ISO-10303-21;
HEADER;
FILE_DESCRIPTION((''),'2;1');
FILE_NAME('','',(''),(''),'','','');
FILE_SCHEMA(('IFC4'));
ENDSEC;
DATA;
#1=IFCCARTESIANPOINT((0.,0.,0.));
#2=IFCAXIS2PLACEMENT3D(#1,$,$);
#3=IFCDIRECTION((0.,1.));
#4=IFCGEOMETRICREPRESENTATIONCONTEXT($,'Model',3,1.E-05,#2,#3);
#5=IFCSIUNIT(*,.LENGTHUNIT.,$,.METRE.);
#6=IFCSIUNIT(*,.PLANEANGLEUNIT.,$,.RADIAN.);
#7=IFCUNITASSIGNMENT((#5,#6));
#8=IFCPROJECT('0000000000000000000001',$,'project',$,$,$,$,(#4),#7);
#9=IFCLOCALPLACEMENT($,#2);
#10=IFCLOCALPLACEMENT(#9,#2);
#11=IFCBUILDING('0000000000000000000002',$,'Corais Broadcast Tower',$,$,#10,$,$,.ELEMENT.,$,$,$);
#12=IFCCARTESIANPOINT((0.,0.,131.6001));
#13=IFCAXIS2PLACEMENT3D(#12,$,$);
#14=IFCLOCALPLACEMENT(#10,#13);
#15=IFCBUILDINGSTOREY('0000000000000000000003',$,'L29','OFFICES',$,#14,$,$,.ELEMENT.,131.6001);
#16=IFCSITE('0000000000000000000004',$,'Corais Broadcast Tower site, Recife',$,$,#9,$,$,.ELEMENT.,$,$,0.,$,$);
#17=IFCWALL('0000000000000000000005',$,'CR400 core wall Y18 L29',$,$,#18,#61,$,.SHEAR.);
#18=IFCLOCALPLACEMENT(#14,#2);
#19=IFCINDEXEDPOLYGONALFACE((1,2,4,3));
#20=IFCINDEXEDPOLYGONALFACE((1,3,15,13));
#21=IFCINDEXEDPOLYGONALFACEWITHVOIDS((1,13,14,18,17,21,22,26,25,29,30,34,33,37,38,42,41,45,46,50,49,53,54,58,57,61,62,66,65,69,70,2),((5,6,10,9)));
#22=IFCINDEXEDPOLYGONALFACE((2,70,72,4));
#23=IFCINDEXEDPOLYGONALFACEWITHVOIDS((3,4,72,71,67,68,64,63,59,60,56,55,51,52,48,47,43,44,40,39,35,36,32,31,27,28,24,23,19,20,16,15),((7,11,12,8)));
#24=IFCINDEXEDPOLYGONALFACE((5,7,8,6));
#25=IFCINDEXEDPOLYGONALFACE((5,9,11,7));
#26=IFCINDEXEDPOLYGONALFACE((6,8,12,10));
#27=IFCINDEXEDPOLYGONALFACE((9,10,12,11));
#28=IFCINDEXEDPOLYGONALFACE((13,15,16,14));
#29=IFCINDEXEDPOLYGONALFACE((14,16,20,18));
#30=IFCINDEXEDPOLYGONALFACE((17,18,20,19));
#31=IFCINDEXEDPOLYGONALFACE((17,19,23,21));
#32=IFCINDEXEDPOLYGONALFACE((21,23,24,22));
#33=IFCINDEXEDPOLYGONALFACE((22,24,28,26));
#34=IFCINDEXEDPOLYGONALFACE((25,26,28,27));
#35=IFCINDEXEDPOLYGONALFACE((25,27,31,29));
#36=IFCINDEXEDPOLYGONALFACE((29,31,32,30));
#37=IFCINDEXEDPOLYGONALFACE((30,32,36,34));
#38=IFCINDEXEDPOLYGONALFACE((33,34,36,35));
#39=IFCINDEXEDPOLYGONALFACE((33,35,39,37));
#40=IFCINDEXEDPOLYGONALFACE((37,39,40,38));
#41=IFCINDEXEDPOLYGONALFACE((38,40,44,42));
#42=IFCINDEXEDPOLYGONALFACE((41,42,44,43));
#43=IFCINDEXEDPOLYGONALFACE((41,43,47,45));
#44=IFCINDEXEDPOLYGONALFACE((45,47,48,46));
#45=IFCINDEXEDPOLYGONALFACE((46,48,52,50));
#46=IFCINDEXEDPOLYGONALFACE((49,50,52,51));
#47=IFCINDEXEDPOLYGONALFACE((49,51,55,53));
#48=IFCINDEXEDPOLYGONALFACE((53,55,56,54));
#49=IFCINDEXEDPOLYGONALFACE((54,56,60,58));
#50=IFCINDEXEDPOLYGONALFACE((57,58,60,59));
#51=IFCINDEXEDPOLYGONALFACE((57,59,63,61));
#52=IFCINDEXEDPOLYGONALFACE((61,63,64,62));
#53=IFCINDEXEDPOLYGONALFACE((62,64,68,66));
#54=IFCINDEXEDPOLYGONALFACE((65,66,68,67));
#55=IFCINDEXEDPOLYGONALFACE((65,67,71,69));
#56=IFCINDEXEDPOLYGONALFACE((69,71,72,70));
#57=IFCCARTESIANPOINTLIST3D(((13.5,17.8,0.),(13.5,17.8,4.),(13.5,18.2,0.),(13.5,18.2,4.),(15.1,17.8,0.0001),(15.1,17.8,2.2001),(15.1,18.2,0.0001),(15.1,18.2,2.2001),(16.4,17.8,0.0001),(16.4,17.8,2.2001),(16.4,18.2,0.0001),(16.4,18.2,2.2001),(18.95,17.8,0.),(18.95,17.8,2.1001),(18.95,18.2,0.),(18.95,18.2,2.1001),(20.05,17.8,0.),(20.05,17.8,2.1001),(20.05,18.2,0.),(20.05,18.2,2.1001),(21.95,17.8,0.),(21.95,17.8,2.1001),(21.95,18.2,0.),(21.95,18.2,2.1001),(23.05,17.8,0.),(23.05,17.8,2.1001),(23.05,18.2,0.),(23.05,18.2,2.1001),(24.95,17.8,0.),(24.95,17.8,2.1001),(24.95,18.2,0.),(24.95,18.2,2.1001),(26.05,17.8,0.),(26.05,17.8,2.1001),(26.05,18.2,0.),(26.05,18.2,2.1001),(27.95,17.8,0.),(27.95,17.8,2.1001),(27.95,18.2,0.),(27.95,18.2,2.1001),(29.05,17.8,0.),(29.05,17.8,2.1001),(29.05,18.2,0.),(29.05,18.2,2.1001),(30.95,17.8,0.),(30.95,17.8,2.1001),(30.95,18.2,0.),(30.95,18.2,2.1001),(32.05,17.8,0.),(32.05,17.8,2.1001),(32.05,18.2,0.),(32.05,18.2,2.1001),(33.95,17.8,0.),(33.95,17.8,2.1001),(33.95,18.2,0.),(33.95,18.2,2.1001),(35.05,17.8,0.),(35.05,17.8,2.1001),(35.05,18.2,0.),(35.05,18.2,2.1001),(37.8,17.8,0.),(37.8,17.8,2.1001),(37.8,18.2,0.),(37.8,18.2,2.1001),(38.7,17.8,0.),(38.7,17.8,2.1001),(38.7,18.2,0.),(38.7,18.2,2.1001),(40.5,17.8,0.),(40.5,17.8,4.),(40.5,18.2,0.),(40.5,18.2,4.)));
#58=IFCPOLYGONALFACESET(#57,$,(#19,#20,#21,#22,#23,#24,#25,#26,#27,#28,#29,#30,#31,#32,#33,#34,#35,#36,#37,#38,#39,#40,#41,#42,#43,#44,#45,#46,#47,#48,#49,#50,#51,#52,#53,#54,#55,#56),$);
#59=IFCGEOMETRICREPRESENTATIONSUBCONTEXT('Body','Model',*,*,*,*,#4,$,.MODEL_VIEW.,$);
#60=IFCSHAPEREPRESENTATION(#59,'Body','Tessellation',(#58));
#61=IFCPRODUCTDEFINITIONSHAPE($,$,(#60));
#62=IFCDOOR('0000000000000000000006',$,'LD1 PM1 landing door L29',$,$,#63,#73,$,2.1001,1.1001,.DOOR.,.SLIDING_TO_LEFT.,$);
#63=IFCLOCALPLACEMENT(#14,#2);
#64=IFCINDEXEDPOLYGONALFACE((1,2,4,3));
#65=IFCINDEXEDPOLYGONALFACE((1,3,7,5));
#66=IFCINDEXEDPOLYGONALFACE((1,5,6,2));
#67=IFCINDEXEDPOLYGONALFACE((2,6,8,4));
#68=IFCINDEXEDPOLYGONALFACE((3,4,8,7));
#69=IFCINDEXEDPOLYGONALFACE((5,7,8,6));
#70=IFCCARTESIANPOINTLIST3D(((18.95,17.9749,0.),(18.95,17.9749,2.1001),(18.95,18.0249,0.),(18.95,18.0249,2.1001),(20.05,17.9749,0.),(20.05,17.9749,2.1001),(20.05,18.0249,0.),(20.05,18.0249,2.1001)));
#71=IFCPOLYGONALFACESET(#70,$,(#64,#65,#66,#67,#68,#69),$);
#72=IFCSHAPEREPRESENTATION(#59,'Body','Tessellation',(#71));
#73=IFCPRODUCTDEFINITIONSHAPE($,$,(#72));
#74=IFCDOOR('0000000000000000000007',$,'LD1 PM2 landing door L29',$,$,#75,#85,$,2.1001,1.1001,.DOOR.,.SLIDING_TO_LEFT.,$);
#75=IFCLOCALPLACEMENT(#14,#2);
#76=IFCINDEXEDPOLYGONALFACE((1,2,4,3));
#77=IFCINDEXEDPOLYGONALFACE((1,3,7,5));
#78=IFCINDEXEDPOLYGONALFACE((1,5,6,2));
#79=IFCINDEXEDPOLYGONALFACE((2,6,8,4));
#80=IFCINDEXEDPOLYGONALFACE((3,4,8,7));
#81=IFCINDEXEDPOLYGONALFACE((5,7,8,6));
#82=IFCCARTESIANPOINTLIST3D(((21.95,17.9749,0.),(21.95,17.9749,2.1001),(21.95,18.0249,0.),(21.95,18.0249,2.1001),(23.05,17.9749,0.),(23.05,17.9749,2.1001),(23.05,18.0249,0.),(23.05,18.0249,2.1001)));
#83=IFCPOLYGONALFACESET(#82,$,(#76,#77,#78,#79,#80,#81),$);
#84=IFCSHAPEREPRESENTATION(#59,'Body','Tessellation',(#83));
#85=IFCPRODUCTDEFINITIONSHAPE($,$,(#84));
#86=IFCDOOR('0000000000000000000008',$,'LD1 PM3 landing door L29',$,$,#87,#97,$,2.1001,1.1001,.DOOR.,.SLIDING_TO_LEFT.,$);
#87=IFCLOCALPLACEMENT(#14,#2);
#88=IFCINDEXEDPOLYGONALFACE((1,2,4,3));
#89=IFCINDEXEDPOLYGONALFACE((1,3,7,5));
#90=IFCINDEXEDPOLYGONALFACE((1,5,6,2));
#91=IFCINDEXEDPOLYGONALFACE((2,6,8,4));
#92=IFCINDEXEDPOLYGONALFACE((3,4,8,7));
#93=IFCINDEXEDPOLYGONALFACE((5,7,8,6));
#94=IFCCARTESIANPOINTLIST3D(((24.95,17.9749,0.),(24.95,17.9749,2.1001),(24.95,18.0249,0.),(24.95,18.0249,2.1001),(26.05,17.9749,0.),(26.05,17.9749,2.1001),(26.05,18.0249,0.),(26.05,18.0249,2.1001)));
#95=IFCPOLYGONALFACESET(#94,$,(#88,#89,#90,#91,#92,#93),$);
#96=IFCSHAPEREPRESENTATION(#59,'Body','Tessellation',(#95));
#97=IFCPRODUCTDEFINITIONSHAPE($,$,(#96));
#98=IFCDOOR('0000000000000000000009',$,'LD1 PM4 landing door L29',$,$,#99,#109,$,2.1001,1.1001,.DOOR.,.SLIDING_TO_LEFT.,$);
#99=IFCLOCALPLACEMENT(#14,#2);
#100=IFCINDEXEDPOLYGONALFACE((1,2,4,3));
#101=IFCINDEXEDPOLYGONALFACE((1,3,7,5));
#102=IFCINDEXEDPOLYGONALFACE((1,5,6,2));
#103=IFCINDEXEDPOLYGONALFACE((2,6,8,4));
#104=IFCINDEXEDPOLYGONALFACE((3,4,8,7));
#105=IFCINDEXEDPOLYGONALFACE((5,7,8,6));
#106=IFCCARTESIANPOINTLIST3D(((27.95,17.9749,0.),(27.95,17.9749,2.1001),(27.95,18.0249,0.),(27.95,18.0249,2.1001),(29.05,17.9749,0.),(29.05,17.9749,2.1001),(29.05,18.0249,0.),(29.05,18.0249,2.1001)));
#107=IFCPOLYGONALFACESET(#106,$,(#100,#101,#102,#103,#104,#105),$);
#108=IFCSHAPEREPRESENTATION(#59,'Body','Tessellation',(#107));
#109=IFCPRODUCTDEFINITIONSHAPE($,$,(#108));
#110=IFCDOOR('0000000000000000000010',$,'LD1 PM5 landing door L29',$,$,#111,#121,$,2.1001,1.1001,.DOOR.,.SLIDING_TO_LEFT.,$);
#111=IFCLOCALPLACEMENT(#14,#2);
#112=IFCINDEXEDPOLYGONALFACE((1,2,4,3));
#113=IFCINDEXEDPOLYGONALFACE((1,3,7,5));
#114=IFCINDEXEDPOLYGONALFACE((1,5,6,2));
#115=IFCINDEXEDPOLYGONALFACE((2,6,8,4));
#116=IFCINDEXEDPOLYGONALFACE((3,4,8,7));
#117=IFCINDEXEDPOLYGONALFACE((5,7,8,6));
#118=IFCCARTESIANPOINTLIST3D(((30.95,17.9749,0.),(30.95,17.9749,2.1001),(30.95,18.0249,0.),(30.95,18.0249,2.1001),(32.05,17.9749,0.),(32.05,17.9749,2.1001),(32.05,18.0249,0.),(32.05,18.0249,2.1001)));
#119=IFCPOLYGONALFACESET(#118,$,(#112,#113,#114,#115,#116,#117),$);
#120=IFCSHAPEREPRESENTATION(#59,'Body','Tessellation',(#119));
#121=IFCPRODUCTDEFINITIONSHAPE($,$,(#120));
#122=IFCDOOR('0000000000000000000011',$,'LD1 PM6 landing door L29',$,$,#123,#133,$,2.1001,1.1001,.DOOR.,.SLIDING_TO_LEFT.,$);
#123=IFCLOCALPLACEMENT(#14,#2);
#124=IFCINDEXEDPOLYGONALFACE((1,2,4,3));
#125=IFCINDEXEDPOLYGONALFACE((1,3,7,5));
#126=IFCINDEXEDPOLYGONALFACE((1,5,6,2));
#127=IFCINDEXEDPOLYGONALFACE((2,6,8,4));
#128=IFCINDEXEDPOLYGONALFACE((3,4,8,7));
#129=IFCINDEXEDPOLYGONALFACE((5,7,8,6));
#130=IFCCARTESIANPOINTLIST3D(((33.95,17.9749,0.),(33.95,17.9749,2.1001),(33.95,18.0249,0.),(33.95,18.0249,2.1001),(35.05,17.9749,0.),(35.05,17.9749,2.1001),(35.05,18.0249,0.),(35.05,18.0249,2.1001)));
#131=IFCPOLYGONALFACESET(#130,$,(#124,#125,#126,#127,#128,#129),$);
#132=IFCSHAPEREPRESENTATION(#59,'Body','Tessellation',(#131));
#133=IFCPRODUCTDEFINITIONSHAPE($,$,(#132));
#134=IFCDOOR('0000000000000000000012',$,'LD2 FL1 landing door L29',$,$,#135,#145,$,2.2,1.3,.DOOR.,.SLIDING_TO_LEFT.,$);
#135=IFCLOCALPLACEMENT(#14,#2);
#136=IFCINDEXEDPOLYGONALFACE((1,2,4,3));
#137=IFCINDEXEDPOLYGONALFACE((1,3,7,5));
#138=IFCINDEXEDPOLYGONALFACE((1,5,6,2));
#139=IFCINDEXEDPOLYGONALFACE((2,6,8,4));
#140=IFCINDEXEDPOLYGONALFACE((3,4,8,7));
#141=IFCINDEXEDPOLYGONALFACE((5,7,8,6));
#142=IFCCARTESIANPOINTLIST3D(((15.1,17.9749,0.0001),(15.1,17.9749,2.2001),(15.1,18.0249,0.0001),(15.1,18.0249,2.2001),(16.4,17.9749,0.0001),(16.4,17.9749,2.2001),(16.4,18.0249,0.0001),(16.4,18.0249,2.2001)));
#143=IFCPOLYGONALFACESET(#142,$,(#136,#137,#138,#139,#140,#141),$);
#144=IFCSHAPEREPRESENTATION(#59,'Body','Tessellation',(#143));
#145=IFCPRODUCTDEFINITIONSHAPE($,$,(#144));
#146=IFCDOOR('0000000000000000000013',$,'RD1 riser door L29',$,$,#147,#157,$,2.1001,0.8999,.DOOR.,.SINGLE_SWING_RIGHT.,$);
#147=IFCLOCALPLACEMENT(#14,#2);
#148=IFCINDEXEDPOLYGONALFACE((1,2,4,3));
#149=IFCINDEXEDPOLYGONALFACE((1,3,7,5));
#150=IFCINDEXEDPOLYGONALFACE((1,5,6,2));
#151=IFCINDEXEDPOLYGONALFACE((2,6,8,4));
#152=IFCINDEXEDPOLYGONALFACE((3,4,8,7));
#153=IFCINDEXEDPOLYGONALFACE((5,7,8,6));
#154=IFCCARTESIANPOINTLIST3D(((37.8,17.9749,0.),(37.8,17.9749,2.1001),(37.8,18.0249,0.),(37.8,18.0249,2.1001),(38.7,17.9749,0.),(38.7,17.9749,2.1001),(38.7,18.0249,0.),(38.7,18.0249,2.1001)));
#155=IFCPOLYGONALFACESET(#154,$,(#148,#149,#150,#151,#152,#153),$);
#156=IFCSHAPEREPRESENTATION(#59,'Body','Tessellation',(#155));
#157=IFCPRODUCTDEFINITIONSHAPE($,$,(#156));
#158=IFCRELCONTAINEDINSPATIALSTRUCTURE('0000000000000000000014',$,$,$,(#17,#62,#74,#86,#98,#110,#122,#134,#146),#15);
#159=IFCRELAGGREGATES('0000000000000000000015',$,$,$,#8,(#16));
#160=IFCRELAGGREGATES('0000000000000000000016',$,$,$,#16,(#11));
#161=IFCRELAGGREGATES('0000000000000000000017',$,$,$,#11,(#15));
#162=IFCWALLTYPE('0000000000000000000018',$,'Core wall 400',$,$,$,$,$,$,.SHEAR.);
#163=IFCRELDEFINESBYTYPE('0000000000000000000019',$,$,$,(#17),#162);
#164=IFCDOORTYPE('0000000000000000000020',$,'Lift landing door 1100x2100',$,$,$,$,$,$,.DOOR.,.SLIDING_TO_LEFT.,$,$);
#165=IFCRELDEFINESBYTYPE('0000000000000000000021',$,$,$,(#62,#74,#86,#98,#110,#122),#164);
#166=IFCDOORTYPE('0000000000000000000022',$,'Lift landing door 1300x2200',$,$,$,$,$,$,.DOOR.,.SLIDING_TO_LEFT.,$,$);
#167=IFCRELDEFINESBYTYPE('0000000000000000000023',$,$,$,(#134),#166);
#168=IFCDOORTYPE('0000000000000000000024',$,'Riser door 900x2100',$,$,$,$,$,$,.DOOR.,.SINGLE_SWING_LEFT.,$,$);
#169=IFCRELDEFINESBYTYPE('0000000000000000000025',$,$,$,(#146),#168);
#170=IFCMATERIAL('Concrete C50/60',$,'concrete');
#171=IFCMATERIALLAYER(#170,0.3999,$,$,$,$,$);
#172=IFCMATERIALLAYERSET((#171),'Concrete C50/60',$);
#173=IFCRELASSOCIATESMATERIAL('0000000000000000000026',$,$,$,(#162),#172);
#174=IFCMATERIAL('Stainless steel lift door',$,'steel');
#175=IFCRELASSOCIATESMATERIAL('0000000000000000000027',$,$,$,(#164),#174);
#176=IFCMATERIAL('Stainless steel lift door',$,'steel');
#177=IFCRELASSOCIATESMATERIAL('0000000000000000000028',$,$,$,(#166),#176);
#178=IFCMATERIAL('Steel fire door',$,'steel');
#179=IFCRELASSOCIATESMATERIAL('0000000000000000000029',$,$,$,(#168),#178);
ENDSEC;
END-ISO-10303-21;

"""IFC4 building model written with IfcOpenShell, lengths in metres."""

from ifc_helpers import new_model, si_unit, direction, frame, frame_2d, origin, place, context, subcontext, project, spatial, rectangle, extrude, material, layer, layer_set, type_object, element, fill, save


model = new_model("IFC4")

# Units and contexts
model_context = context("Model", 3, precision=1e-05, world=origin(), true_north=direction((0.0, 1.0)))
body_context = subcontext(model_context, "Body", "Model", "MODEL_VIEW")
ifc_project = project(units=[si_unit("LENGTHUNIT", "METRE"), si_unit("PLANEANGLEUNIT", "RADIAN")], contexts=[model_context])

# Site, building, storey
site_placement = place(None, origin())
site = spatial("IfcSite", under=ifc_project, at=site_placement, Name="Corais Broadcast Tower site, Recife", CompositionType="ELEMENT", RefElevation=0.0)
building_placement = place(site_placement, origin())
building = spatial("IfcBuilding", under=site, at=building_placement, Name="Corais Broadcast Tower", CompositionType="ELEMENT")
storey_placement = place(building_placement, frame((0.0, 0.0, 131.6001)))
storey = spatial("IfcBuildingStorey", under=building, at=storey_placement, Name="L29", Description="OFFICES", CompositionType="ELEMENT", Elevation=131.6001)

# Shared definitions
ifc_material_1 = material(Name="Concrete C50/60", Category="concrete")
ifc_layer_1 = layer(ifc_material_1, 0.3999)
ifc_layer_set_1 = layer_set([ifc_layer_1], Name="Concrete C50/60")
wall_type_1 = type_object("IfcWallType", Name="Core wall 400", PredefinedType="SHEAR", material=ifc_layer_set_1)

# Wall, openings, doors
wall_1_placement = place(storey_placement, frame((13.5, 18.0, 0.0), z_axis=(0.0, 0.0, 1.0), x_axis=(1.0, 0.0, 0.0)))
wall_1 = element("IfcWall", 1, at=wall_1_placement, inside=storey, type_object=wall_type_1, Name="CR400 core wall Y18 L29", PredefinedType="SHEAR", context=body_context, shape_type="SweptSolid", body=[
    extrude(rectangle(XDim=27.0, YDim=0.3999, at=frame_2d((13.5, 0.0))), origin(), (0.0, 0.0, 1.0), 4.0),
])
opening_1_placement = place(wall_1_placement, frame((24.3, 0.0, 0.0)))
opening_1 = element("IfcOpeningElement", 2, at=opening_1_placement, cuts=wall_1, PredefinedType="OPENING", context=body_context, shape_type="SweptSolid", body=[
    extrude(rectangle(XDim=0.8999, YDim=2.1001, at=frame_2d((0.45, 1.05))), frame((0.0, 0.21, 0.0), z_axis=(0.0, -1.0, 0.0), x_axis=(1.0, 0.0, 0.0)), (0.0, 0.0, 1.0), 0.4199),
])
opening_2_placement = place(wall_1_placement, frame((5.45, 0.0, 0.0)))
opening_2 = element("IfcOpeningElement", 3, at=opening_2_placement, cuts=wall_1, PredefinedType="OPENING", context=body_context, shape_type="SweptSolid", body=[
    extrude(rectangle(XDim=1.1001, YDim=2.1001, at=frame_2d((0.55, 1.05))), frame((0.0, 0.21, 0.0), z_axis=(0.0, -1.0, 0.0), x_axis=(1.0, 0.0, 0.0)), (0.0, 0.0, 1.0), 0.4199),
])
opening_3_placement = place(wall_1_placement, frame((8.45, 0.0, 0.0)))
opening_3 = element("IfcOpeningElement", 4, at=opening_3_placement, cuts=wall_1, PredefinedType="OPENING", context=body_context, shape_type="SweptSolid", body=[
    extrude(rectangle(XDim=1.1001, YDim=2.1001, at=frame_2d((0.55, 1.05))), frame((0.0, 0.21, 0.0), z_axis=(0.0, -1.0, 0.0), x_axis=(1.0, 0.0, 0.0)), (0.0, 0.0, 1.0), 0.4199),
])
opening_4_placement = place(wall_1_placement, frame((11.45, 0.0, 0.0)))
opening_4 = element("IfcOpeningElement", 5, at=opening_4_placement, cuts=wall_1, PredefinedType="OPENING", context=body_context, shape_type="SweptSolid", body=[
    extrude(rectangle(XDim=1.1001, YDim=2.1001, at=frame_2d((0.55, 1.05))), frame((0.0, 0.21, 0.0), z_axis=(0.0, -1.0, 0.0), x_axis=(1.0, 0.0, 0.0)), (0.0, 0.0, 1.0), 0.4199),
])
opening_5_placement = place(wall_1_placement, frame((14.45, 0.0, 0.0)))
opening_5 = element("IfcOpeningElement", 6, at=opening_5_placement, cuts=wall_1, PredefinedType="OPENING", context=body_context, shape_type="SweptSolid", body=[
    extrude(rectangle(XDim=1.1001, YDim=2.1001, at=frame_2d((0.55, 1.05))), frame((0.0, 0.21, 0.0), z_axis=(0.0, -1.0, 0.0), x_axis=(1.0, 0.0, 0.0)), (0.0, 0.0, 1.0), 0.4199),
])
opening_6_placement = place(wall_1_placement, frame((17.45, 0.0, 0.0)))
opening_6 = element("IfcOpeningElement", 7, at=opening_6_placement, cuts=wall_1, PredefinedType="OPENING", context=body_context, shape_type="SweptSolid", body=[
    extrude(rectangle(XDim=1.1001, YDim=2.1001, at=frame_2d((0.55, 1.05))), frame((0.0, 0.21, 0.0), z_axis=(0.0, -1.0, 0.0), x_axis=(1.0, 0.0, 0.0)), (0.0, 0.0, 1.0), 0.4199),
])
opening_7_placement = place(wall_1_placement, frame((20.45, 0.0, 0.0)))
opening_7 = element("IfcOpeningElement", 8, at=opening_7_placement, cuts=wall_1, PredefinedType="OPENING", context=body_context, shape_type="SweptSolid", body=[
    extrude(rectangle(XDim=1.1001, YDim=2.1001, at=frame_2d((0.55, 1.05))), frame((0.0, 0.21, 0.0), z_axis=(0.0, -1.0, 0.0), x_axis=(1.0, 0.0, 0.0)), (0.0, 0.0, 1.0), 0.4199),
])
opening_8_placement = place(wall_1_placement, frame((1.6001, 0.0, 0.0)))
opening_8 = element("IfcOpeningElement", 9, at=opening_8_placement, cuts=wall_1, PredefinedType="OPENING", context=body_context, shape_type="SweptSolid", body=[
    extrude(rectangle(XDim=1.3, YDim=2.2, at=frame_2d((0.6499, 1.1001))), frame((0.0, 0.21, 0.0), z_axis=(0.0, -1.0, 0.0), x_axis=(1.0, 0.0, 0.0)), (0.0, 0.0, 1.0), 0.4199),
])
ifc_material_2 = material(Name="Stainless steel lift door", Category="steel")
door_type_1 = type_object("IfcDoorType", Name="Lift landing door 1100x2100", OperationType="SLIDING_TO_LEFT", PredefinedType="DOOR", material=ifc_material_2)
door_1_placement = place(opening_2_placement, origin())
door_1 = element("IfcDoor", 10, at=door_1_placement, inside=storey, type_object=door_type_1, Name="LD1 PM1 landing door L29", OperationType="SLIDING_TO_LEFT", OverallHeight=2.1001, OverallWidth=1.1001, PredefinedType="DOOR", context=body_context, shape_type="SweptSolid", body=[
    extrude(rectangle(XDim=1.1001, YDim=2.1001, at=frame_2d((0.55, 1.05))), frame((0.0, 0.0249, 0.0), z_axis=(0.0, -1.0, 0.0), x_axis=(1.0, 0.0, 0.0)), (0.0, 0.0, 1.0), 0.05),
])
fill(opening_2, door_1)
door_2_placement = place(opening_3_placement, origin())
door_2 = element("IfcDoor", 11, at=door_2_placement, inside=storey, type_object=door_type_1, Name="LD1 PM2 landing door L29", OperationType="SLIDING_TO_LEFT", OverallHeight=2.1001, OverallWidth=1.1001, PredefinedType="DOOR", context=body_context, shape_type="SweptSolid", body=[
    extrude(rectangle(XDim=1.1001, YDim=2.1001, at=frame_2d((0.55, 1.05))), frame((0.0, 0.0249, 0.0), z_axis=(0.0, -1.0, 0.0), x_axis=(1.0, 0.0, 0.0)), (0.0, 0.0, 1.0), 0.05),
])
fill(opening_3, door_2)
door_3_placement = place(opening_4_placement, origin())
door_3 = element("IfcDoor", 12, at=door_3_placement, inside=storey, type_object=door_type_1, Name="LD1 PM3 landing door L29", OperationType="SLIDING_TO_LEFT", OverallHeight=2.1001, OverallWidth=1.1001, PredefinedType="DOOR", context=body_context, shape_type="SweptSolid", body=[
    extrude(rectangle(XDim=1.1001, YDim=2.1001, at=frame_2d((0.55, 1.05))), frame((0.0, 0.0249, 0.0), z_axis=(0.0, -1.0, 0.0), x_axis=(1.0, 0.0, 0.0)), (0.0, 0.0, 1.0), 0.05),
])
fill(opening_4, door_3)
door_4_placement = place(opening_5_placement, origin())
door_4 = element("IfcDoor", 13, at=door_4_placement, inside=storey, type_object=door_type_1, Name="LD1 PM4 landing door L29", OperationType="SLIDING_TO_LEFT", OverallHeight=2.1001, OverallWidth=1.1001, PredefinedType="DOOR", context=body_context, shape_type="SweptSolid", body=[
    extrude(rectangle(XDim=1.1001, YDim=2.1001, at=frame_2d((0.55, 1.05))), frame((0.0, 0.0249, 0.0), z_axis=(0.0, -1.0, 0.0), x_axis=(1.0, 0.0, 0.0)), (0.0, 0.0, 1.0), 0.05),
])
fill(opening_5, door_4)
door_5_placement = place(opening_6_placement, origin())
door_5 = element("IfcDoor", 14, at=door_5_placement, inside=storey, type_object=door_type_1, Name="LD1 PM5 landing door L29", OperationType="SLIDING_TO_LEFT", OverallHeight=2.1001, OverallWidth=1.1001, PredefinedType="DOOR", context=body_context, shape_type="SweptSolid", body=[
    extrude(rectangle(XDim=1.1001, YDim=2.1001, at=frame_2d((0.55, 1.05))), frame((0.0, 0.0249, 0.0), z_axis=(0.0, -1.0, 0.0), x_axis=(1.0, 0.0, 0.0)), (0.0, 0.0, 1.0), 0.05),
])
fill(opening_6, door_5)
door_6_placement = place(opening_7_placement, origin())
door_6 = element("IfcDoor", 15, at=door_6_placement, inside=storey, type_object=door_type_1, Name="LD1 PM6 landing door L29", OperationType="SLIDING_TO_LEFT", OverallHeight=2.1001, OverallWidth=1.1001, PredefinedType="DOOR", context=body_context, shape_type="SweptSolid", body=[
    extrude(rectangle(XDim=1.1001, YDim=2.1001, at=frame_2d((0.55, 1.05))), frame((0.0, 0.0249, 0.0), z_axis=(0.0, -1.0, 0.0), x_axis=(1.0, 0.0, 0.0)), (0.0, 0.0, 1.0), 0.05),
])
fill(opening_7, door_6)
ifc_material_3 = material(Name="Stainless steel lift door", Category="steel")
door_type_2 = type_object("IfcDoorType", Name="Lift landing door 1300x2200", OperationType="SLIDING_TO_LEFT", PredefinedType="DOOR", material=ifc_material_3)
door_7_placement = place(opening_8_placement, origin())
door_7 = element("IfcDoor", 16, at=door_7_placement, inside=storey, type_object=door_type_2, Name="LD2 FL1 landing door L29", OperationType="SLIDING_TO_LEFT", OverallHeight=2.2, OverallWidth=1.3, PredefinedType="DOOR", context=body_context, shape_type="SweptSolid", body=[
    extrude(rectangle(XDim=1.3, YDim=2.2, at=frame_2d((0.6499, 1.1001))), frame((0.0, 0.0249, 0.0), z_axis=(0.0, -1.0, 0.0), x_axis=(1.0, 0.0, 0.0)), (0.0, 0.0, 1.0), 0.05),
])
fill(opening_8, door_7)
ifc_material_4 = material(Name="Steel fire door", Category="steel")
door_type_3 = type_object("IfcDoorType", Name="Riser door 900x2100", OperationType="SINGLE_SWING_LEFT", PredefinedType="DOOR", material=ifc_material_4)
door_8_placement = place(opening_1_placement, origin())
door_8 = element("IfcDoor", 17, at=door_8_placement, inside=storey, type_object=door_type_3, Name="RD1 riser door L29", OperationType="SINGLE_SWING_RIGHT", OverallHeight=2.1001, OverallWidth=0.8999, PredefinedType="DOOR", context=body_context, shape_type="SweptSolid", body=[
    extrude(rectangle(XDim=0.8999, YDim=2.1001, at=frame_2d((0.45, 1.05))), frame((0.0, 0.0249, 0.0), z_axis=(0.0, -1.0, 0.0), x_axis=(1.0, 0.0, 0.0)), (0.0, 0.0, 1.0), 0.05),
])
fill(opening_1, door_8)

save(model, "model.ifc")
